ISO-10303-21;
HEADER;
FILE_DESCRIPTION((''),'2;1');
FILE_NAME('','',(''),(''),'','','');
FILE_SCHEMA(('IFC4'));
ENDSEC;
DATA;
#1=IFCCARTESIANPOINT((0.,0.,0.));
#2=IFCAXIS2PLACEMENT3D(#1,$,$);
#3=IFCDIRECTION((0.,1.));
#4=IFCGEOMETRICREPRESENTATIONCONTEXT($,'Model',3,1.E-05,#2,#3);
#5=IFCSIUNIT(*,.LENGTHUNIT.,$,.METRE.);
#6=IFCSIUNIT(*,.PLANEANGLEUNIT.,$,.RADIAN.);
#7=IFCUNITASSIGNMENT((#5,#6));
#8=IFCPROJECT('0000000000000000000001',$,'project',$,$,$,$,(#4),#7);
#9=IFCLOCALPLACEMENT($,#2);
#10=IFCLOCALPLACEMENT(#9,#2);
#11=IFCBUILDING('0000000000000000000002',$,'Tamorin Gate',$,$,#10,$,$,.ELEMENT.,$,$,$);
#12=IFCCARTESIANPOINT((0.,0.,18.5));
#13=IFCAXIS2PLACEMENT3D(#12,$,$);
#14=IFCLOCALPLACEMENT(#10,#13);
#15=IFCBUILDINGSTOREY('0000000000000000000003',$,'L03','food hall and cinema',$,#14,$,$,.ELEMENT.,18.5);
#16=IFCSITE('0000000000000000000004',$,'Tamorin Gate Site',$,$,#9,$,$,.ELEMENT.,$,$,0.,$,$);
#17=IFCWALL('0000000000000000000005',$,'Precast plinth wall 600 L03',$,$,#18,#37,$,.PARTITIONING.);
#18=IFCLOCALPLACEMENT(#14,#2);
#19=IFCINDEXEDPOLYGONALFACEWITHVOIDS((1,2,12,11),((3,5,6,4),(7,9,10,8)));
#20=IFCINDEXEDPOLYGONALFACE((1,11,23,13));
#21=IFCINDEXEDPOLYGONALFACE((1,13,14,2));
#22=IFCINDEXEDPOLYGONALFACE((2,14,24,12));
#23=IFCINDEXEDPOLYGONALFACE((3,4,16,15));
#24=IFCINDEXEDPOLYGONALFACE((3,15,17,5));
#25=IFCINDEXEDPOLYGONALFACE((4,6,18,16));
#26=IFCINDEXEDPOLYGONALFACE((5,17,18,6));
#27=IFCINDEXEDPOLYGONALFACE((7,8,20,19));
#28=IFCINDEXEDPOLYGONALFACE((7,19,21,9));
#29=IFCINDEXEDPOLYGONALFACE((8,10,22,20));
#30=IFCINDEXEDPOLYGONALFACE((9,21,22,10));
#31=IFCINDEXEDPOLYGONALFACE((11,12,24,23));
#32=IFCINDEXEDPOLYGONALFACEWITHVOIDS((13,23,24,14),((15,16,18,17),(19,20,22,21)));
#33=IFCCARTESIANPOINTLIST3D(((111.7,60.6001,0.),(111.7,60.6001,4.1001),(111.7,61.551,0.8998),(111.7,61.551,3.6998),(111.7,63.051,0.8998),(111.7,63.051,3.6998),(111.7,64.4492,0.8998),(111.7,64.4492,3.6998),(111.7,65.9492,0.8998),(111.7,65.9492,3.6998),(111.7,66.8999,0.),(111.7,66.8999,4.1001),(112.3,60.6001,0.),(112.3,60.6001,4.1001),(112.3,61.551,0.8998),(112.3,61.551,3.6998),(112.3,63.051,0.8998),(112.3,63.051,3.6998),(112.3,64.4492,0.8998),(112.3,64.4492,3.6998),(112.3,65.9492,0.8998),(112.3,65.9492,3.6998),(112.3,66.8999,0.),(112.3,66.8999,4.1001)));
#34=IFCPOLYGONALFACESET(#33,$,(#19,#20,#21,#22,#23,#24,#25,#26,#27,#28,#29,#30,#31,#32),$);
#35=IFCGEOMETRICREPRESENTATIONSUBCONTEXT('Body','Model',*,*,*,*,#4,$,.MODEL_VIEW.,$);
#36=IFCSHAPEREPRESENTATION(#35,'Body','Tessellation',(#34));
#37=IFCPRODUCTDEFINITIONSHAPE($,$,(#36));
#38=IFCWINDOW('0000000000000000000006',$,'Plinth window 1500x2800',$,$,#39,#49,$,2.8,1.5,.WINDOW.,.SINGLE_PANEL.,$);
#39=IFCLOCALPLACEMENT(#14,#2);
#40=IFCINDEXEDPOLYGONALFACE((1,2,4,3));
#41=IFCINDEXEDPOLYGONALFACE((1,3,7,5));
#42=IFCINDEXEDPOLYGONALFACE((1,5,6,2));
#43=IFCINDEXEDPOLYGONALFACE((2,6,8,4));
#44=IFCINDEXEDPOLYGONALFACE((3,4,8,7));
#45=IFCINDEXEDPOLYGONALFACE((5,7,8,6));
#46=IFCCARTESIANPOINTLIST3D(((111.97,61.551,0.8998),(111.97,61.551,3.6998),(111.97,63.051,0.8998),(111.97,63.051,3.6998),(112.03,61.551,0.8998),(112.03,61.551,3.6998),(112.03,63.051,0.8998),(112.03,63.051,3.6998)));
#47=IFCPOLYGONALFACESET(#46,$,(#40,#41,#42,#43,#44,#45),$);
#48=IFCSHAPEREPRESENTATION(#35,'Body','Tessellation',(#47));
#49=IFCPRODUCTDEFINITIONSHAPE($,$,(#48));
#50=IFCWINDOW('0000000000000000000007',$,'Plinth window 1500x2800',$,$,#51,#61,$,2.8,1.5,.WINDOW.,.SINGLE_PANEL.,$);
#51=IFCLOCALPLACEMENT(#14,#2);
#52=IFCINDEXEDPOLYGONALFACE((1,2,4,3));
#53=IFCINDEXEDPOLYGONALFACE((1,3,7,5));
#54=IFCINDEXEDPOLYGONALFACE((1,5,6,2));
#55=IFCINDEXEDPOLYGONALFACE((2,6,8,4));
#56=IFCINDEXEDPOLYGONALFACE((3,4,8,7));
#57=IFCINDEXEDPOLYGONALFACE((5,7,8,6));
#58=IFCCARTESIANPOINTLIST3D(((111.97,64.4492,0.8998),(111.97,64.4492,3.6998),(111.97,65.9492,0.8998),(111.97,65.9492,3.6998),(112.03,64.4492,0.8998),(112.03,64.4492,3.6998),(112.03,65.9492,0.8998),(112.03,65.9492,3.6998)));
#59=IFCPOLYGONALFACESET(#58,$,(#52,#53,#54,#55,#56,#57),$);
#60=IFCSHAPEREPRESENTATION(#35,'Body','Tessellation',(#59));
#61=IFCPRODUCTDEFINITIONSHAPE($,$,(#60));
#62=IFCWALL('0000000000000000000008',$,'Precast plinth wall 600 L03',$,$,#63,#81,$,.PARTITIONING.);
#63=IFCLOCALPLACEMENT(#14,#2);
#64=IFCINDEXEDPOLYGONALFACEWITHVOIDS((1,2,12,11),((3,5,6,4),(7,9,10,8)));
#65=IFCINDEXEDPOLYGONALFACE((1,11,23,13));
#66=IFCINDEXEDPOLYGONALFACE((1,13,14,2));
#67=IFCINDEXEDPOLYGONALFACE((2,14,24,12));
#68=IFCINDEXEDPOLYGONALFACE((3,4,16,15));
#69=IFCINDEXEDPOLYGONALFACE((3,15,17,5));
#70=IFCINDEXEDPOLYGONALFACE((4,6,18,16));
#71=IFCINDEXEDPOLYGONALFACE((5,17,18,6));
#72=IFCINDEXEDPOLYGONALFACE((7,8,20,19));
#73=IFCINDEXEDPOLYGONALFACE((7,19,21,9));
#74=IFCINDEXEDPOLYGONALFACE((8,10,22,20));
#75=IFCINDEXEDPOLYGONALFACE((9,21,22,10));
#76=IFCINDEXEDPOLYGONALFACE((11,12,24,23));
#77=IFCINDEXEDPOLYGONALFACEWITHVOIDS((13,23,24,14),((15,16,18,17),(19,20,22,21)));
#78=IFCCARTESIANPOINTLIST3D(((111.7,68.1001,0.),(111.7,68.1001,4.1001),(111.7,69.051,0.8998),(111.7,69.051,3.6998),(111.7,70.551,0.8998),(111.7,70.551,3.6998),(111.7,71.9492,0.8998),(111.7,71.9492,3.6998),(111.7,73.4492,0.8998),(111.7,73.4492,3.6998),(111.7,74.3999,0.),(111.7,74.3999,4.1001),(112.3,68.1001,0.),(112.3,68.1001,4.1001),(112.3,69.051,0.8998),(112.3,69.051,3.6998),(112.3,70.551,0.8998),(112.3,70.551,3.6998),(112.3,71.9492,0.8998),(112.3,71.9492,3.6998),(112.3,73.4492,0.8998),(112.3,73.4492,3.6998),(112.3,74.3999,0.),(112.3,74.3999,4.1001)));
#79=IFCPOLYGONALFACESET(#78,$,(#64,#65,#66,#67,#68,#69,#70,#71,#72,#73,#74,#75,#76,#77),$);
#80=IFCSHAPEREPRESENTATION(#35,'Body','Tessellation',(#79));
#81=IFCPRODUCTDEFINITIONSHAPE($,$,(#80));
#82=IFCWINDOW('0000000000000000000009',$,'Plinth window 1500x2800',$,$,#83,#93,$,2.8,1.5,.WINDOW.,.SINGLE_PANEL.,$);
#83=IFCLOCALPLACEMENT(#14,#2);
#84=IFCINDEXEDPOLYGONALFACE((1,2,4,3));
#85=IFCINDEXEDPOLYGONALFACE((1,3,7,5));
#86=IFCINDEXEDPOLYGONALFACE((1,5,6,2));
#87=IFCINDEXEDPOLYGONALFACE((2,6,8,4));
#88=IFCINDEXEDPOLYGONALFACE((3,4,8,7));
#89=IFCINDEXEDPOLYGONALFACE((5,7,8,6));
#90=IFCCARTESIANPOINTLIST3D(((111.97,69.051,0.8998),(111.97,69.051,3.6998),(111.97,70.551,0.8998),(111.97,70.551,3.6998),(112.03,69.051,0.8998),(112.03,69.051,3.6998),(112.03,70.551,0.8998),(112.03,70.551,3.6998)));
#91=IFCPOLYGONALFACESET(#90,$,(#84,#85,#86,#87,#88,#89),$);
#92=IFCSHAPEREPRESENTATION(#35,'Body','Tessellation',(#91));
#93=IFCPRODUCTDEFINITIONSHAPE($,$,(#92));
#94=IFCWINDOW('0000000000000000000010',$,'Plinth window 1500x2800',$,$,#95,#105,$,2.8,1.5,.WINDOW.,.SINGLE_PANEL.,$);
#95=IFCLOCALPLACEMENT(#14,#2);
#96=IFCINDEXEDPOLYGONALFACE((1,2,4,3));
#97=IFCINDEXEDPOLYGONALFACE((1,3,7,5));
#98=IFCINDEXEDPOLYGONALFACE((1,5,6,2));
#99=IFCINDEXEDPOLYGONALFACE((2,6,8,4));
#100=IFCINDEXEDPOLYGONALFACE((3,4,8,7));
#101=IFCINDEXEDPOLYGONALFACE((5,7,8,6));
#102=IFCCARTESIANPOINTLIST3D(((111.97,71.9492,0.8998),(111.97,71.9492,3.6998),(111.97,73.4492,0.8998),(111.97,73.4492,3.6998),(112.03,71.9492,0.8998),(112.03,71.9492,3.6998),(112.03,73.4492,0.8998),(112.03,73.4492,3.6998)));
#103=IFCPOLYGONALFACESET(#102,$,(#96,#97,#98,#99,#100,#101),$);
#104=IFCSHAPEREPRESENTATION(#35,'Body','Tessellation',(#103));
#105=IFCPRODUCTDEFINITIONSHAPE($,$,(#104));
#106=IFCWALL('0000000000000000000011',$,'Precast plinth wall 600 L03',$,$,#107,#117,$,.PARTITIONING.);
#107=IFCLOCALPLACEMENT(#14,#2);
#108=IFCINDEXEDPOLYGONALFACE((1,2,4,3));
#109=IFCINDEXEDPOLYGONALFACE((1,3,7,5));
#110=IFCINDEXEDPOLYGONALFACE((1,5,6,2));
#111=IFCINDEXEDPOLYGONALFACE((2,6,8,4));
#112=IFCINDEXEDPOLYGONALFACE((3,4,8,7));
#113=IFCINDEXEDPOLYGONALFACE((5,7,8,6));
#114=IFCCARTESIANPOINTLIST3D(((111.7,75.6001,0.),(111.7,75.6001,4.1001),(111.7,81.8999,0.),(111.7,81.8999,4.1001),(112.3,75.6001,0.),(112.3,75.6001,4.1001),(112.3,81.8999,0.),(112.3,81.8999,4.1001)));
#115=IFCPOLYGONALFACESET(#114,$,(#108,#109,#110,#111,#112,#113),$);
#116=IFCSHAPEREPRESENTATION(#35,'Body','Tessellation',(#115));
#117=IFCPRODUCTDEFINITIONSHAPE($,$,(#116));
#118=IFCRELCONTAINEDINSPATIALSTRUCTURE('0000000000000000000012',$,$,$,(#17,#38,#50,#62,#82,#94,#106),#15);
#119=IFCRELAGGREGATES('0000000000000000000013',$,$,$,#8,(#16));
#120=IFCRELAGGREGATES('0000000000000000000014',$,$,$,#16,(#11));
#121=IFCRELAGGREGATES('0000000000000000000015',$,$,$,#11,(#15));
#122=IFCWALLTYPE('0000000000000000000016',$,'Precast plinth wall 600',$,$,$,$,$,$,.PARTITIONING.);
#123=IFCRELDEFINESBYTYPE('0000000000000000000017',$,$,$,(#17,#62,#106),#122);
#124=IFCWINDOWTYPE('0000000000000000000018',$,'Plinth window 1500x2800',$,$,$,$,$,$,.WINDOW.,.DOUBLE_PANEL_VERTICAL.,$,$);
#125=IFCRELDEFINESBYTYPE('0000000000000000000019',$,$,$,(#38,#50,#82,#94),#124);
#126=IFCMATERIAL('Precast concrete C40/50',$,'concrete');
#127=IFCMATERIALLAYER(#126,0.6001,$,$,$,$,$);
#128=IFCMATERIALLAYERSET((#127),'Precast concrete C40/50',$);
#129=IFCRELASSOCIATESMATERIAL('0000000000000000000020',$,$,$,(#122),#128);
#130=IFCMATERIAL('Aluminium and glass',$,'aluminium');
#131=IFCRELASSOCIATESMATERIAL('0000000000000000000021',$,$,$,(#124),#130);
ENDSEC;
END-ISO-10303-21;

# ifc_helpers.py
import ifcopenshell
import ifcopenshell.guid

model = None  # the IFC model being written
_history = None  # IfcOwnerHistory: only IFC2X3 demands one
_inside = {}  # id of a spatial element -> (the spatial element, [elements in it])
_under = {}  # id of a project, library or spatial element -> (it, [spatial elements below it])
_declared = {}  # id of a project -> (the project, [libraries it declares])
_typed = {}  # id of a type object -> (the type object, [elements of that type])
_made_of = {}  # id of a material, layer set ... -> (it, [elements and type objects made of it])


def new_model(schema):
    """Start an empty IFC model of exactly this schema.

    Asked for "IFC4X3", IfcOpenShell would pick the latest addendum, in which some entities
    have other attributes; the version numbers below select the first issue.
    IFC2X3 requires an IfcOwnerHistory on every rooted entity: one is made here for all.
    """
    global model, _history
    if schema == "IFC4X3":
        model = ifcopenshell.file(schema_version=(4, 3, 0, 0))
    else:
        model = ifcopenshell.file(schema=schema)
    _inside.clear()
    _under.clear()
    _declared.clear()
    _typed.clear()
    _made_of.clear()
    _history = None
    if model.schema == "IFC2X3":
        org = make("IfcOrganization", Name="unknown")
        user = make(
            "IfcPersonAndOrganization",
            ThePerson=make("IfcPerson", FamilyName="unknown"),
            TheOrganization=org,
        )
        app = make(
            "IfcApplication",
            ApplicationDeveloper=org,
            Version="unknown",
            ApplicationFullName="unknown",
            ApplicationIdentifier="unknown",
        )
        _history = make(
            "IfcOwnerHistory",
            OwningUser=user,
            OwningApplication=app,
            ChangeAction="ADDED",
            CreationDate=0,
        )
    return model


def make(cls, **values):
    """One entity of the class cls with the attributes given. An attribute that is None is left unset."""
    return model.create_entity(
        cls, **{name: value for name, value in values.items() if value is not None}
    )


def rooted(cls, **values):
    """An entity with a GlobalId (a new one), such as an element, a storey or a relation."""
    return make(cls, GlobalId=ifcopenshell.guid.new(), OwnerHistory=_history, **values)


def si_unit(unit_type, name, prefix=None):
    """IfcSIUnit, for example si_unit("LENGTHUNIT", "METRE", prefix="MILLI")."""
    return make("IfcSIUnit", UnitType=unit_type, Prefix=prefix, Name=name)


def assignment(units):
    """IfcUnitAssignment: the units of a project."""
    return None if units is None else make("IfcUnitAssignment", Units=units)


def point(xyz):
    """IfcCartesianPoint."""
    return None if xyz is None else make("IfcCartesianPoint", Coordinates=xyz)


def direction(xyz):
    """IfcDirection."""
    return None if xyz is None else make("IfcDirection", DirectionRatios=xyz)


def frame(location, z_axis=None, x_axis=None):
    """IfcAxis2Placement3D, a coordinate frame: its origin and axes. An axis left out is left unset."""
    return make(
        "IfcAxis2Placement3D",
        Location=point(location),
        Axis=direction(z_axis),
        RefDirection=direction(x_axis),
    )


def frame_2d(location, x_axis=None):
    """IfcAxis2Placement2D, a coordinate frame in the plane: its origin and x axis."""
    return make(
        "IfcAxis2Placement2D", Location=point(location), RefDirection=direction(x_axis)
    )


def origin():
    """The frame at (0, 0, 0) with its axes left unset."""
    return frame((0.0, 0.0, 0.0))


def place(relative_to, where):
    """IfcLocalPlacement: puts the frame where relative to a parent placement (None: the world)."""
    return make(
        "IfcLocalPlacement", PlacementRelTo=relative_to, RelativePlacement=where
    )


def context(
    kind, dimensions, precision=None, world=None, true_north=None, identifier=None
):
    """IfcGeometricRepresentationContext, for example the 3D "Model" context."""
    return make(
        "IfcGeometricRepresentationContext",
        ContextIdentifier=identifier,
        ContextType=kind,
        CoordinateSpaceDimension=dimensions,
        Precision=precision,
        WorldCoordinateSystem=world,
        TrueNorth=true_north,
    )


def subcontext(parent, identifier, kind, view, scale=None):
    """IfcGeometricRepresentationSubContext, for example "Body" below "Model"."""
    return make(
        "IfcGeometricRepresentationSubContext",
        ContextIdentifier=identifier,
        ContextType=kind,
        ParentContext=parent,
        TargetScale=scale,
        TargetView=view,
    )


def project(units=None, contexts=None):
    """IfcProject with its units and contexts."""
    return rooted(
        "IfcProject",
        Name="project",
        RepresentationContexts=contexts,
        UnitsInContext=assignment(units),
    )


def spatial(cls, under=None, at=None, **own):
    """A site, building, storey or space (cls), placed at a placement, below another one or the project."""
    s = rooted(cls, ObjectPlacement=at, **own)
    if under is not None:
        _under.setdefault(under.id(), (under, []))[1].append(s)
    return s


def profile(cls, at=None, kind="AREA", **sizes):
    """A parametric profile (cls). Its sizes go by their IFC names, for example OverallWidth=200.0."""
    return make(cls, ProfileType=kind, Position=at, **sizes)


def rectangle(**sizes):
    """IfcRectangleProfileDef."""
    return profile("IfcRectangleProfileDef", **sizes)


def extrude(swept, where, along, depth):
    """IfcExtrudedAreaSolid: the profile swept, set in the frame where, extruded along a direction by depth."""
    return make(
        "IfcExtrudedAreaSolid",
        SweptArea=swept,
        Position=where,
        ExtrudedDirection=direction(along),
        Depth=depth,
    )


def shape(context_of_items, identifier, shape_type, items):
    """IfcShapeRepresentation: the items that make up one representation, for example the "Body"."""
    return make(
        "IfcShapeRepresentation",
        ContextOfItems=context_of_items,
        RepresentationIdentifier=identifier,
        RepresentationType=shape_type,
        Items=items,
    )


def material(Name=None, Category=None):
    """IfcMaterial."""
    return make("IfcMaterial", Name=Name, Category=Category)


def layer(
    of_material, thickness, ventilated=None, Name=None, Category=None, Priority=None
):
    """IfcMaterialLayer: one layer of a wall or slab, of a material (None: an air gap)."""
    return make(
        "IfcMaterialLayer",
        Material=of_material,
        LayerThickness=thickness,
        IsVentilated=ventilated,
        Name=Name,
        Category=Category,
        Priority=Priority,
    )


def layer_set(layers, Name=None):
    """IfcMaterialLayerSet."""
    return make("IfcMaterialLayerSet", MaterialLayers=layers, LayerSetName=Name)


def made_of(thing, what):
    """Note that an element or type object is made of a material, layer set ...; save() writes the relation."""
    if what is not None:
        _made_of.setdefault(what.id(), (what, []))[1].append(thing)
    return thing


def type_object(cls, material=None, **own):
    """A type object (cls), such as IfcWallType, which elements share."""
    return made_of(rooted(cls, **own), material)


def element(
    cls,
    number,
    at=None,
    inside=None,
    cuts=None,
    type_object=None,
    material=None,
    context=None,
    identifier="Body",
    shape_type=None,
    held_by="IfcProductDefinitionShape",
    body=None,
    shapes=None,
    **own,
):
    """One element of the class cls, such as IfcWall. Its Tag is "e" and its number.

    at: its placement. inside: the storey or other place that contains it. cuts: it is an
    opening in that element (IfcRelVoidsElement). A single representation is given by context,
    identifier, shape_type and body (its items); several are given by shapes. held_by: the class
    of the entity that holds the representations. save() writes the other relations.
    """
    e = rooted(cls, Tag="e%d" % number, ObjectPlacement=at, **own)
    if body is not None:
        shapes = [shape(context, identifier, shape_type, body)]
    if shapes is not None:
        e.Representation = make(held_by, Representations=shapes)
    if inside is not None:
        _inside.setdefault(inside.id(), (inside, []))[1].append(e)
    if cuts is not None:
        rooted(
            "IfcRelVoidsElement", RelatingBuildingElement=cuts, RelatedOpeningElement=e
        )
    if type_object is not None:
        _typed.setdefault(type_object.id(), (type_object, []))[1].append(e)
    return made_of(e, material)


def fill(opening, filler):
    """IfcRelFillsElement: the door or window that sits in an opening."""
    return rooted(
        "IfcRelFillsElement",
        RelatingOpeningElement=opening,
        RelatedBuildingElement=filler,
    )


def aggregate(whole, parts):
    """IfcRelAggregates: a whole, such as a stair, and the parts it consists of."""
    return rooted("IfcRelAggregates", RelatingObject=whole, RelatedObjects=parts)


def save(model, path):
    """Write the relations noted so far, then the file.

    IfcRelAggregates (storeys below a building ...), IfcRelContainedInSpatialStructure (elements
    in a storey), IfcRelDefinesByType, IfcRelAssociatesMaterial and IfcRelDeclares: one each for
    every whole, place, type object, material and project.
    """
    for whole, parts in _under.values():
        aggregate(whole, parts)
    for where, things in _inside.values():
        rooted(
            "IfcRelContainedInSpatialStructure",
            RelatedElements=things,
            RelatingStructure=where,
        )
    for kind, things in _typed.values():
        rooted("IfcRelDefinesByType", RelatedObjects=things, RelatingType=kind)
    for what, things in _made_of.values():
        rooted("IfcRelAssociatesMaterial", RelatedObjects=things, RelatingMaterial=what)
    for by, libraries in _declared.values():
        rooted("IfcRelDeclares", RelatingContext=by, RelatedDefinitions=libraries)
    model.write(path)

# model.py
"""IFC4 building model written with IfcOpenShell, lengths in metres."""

from ifc_helpers import new_model, si_unit, direction, frame, frame_2d, origin, place, context, subcontext, project, spatial, rectangle, extrude, material, layer, layer_set, type_object, element, fill, save


model = new_model("IFC4")

# Units and contexts
model_context = context("Model", 3, precision=1e-05, world=origin(), true_north=direction((0.0, 1.0)))
body_context = subcontext(model_context, "Body", "Model", "MODEL_VIEW")
ifc_project = project(units=[si_unit("LENGTHUNIT", "METRE"), si_unit("PLANEANGLEUNIT", "RADIAN")], contexts=[model_context])

# Site, building, storey
site_placement = place(None, origin())
site = spatial("IfcSite", under=ifc_project, at=site_placement, Name="Tamorin Gate Site", CompositionType="ELEMENT", RefElevation=0.0)
building_placement = place(site_placement, origin())
building = spatial("IfcBuilding", under=site, at=building_placement, Name="Tamorin Gate", CompositionType="ELEMENT")
storey_placement = place(building_placement, frame((0.0, 0.0, 18.5)))
storey = spatial("IfcBuildingStorey", under=building, at=storey_placement, Name="L03", Description="food hall and cinema", CompositionType="ELEMENT", Elevation=18.5)

# Walls, openings, windows
ifc_material_1 = material(Name="Aluminium and glass", Category="aluminium")
ifc_material_2 = material(Name="Precast concrete C40/50", Category="concrete")
ifc_layer_1 = layer(ifc_material_2, 0.6001)
ifc_layer_set_1 = layer_set([ifc_layer_1], Name="Precast concrete C40/50")
wall_type_1 = type_object("IfcWallType", Name="Precast plinth wall 600", PredefinedType="PARTITIONING", material=ifc_layer_set_1)
wall_1_placement = place(storey_placement, frame((112.0, 60.6001, 0.0), z_axis=(0.0, 0.0, 1.0), x_axis=(0.0, 1.0, 0.0)))
wall_1 = element("IfcWall", 1, at=wall_1_placement, inside=storey, type_object=wall_type_1, Name="Precast plinth wall 600 L03", PredefinedType="PARTITIONING", context=body_context, shape_type="SweptSolid", body=[
    extrude(rectangle(XDim=6.2998, YDim=0.6001, at=frame_2d((3.1499, 0.0))), origin(), (0.0, 0.0, 1.0), 4.1001),
])
opening_1_placement = place(wall_1_placement, frame((0.9509, 0.0, 0.8999)))
opening_1 = element("IfcOpeningElement", 2, at=opening_1_placement, cuts=wall_1, PredefinedType="OPENING", context=body_context, shape_type="SweptSolid", body=[
    extrude(rectangle(XDim=1.5, YDim=2.8, at=frame_2d((0.75, 1.3999))), frame((0.0, 0.3101, 0.0), z_axis=(0.0, -1.0, 0.0), x_axis=(1.0, 0.0, 0.0)), (0.0, 0.0, 1.0), 0.6201),
])
opening_2_placement = place(wall_1_placement, frame((3.8491, 0.0, 0.8999)))
opening_2 = element("IfcOpeningElement", 3, at=opening_2_placement, cuts=wall_1, PredefinedType="OPENING", context=body_context, shape_type="SweptSolid", body=[
    extrude(rectangle(XDim=1.5, YDim=2.8, at=frame_2d((0.75, 1.3999))), frame((0.0, 0.3101, 0.0), z_axis=(0.0, -1.0, 0.0), x_axis=(1.0, 0.0, 0.0)), (0.0, 0.0, 1.0), 0.6201),
])
window_type_1 = type_object("IfcWindowType", Name="Plinth window 1500x2800", PartitioningType="DOUBLE_PANEL_VERTICAL", PredefinedType="WINDOW", material=ifc_material_1)
window_1_placement = place(opening_1_placement, origin())
window_1 = element("IfcWindow", 4, at=window_1_placement, inside=storey, type_object=window_type_1, Name="Plinth window 1500x2800", OverallHeight=2.8, OverallWidth=1.5, PartitioningType="SINGLE_PANEL", PredefinedType="WINDOW", context=body_context, shape_type="SweptSolid", body=[
    extrude(rectangle(XDim=1.5, YDim=2.8, at=frame_2d((0.75, 1.3999))), frame((0.0, 0.03, 0.0), z_axis=(0.0, -1.0, 0.0), x_axis=(1.0, 0.0, 0.0)), (0.0, 0.0, 1.0), 0.0601),
])
fill(opening_1, window_1)
window_2_placement = place(opening_2_placement, origin())
window_2 = element("IfcWindow", 5, at=window_2_placement, inside=storey, type_object=window_type_1, Name="Plinth window 1500x2800", OverallHeight=2.8, OverallWidth=1.5, PartitioningType="SINGLE_PANEL", PredefinedType="WINDOW", context=body_context, shape_type="SweptSolid", body=[
    extrude(rectangle(XDim=1.5, YDim=2.8, at=frame_2d((0.75, 1.3999))), frame((0.0, 0.03, 0.0), z_axis=(0.0, -1.0, 0.0), x_axis=(1.0, 0.0, 0.0)), (0.0, 0.0, 1.0), 0.0601),
])
fill(opening_2, window_2)
wall_2_placement = place(storey_placement, frame((112.0, 68.1001, 0.0), z_axis=(0.0, 0.0, 1.0), x_axis=(0.0, 1.0, 0.0)))
wall_2 = element("IfcWall", 6, at=wall_2_placement, inside=storey, type_object=wall_type_1, Name="Precast plinth wall 600 L03", PredefinedType="PARTITIONING", context=body_context, shape_type="SweptSolid", body=[
    extrude(rectangle(XDim=6.2998, YDim=0.6001, at=frame_2d((3.1499, 0.0))), origin(), (0.0, 0.0, 1.0), 4.1001),
])
opening_3_placement = place(wall_2_placement, frame((0.9509, 0.0, 0.8999)))
opening_3 = element("IfcOpeningElement", 7, at=opening_3_placement, cuts=wall_2, PredefinedType="OPENING", context=body_context, shape_type="SweptSolid", body=[
    extrude(rectangle(XDim=1.5, YDim=2.8, at=frame_2d((0.75, 1.3999))), frame((0.0, 0.3101, 0.0), z_axis=(0.0, -1.0, 0.0), x_axis=(1.0, 0.0, 0.0)), (0.0, 0.0, 1.0), 0.6201),
])
opening_4_placement = place(wall_2_placement, frame((3.8491, 0.0, 0.8999)))
opening_4 = element("IfcOpeningElement", 8, at=opening_4_placement, cuts=wall_2, PredefinedType="OPENING", context=body_context, shape_type="SweptSolid", body=[
    extrude(rectangle(XDim=1.5, YDim=2.8, at=frame_2d((0.75, 1.3999))), frame((0.0, 0.3101, 0.0), z_axis=(0.0, -1.0, 0.0), x_axis=(1.0, 0.0, 0.0)), (0.0, 0.0, 1.0), 0.6201),
])
window_3_placement = place(opening_3_placement, origin())
window_3 = element("IfcWindow", 9, at=window_3_placement, inside=storey, type_object=window_type_1, Name="Plinth window 1500x2800", OverallHeight=2.8, OverallWidth=1.5, PartitioningType="SINGLE_PANEL", PredefinedType="WINDOW", context=body_context, shape_type="SweptSolid", body=[
    extrude(rectangle(XDim=1.5, YDim=2.8, at=frame_2d((0.75, 1.3999))), frame((0.0, 0.03, 0.0), z_axis=(0.0, -1.0, 0.0), x_axis=(1.0, 0.0, 0.0)), (0.0, 0.0, 1.0), 0.0601),
])
fill(opening_3, window_3)
window_4_placement = place(opening_4_placement, origin())
window_4 = element("IfcWindow", 10, at=window_4_placement, inside=storey, type_object=window_type_1, Name="Plinth window 1500x2800", OverallHeight=2.8, OverallWidth=1.5, PartitioningType="SINGLE_PANEL", PredefinedType="WINDOW", context=body_context, shape_type="SweptSolid", body=[
    extrude(rectangle(XDim=1.5, YDim=2.8, at=frame_2d((0.75, 1.3999))), frame((0.0, 0.03, 0.0), z_axis=(0.0, -1.0, 0.0), x_axis=(1.0, 0.0, 0.0)), (0.0, 0.0, 1.0), 0.0601),
])
fill(opening_4, window_4)

# Wall
wall_3_placement = place(storey_placement, frame((112.0, 75.6001, 0.0), z_axis=(0.0, 0.0, 1.0), x_axis=(0.0, 1.0, 0.0)))
element("IfcWall", 11, at=wall_3_placement, inside=storey, type_object=wall_type_1, Name="Precast plinth wall 600 L03", PredefinedType="PARTITIONING", context=body_context, shape_type="SweptSolid", body=[
    extrude(rectangle(XDim=6.2998, YDim=0.6001, at=frame_2d((3.1499, 0.0))), origin(), (0.0, 0.0, 1.0), 4.1001),
])

save(model, "model.ifc")
